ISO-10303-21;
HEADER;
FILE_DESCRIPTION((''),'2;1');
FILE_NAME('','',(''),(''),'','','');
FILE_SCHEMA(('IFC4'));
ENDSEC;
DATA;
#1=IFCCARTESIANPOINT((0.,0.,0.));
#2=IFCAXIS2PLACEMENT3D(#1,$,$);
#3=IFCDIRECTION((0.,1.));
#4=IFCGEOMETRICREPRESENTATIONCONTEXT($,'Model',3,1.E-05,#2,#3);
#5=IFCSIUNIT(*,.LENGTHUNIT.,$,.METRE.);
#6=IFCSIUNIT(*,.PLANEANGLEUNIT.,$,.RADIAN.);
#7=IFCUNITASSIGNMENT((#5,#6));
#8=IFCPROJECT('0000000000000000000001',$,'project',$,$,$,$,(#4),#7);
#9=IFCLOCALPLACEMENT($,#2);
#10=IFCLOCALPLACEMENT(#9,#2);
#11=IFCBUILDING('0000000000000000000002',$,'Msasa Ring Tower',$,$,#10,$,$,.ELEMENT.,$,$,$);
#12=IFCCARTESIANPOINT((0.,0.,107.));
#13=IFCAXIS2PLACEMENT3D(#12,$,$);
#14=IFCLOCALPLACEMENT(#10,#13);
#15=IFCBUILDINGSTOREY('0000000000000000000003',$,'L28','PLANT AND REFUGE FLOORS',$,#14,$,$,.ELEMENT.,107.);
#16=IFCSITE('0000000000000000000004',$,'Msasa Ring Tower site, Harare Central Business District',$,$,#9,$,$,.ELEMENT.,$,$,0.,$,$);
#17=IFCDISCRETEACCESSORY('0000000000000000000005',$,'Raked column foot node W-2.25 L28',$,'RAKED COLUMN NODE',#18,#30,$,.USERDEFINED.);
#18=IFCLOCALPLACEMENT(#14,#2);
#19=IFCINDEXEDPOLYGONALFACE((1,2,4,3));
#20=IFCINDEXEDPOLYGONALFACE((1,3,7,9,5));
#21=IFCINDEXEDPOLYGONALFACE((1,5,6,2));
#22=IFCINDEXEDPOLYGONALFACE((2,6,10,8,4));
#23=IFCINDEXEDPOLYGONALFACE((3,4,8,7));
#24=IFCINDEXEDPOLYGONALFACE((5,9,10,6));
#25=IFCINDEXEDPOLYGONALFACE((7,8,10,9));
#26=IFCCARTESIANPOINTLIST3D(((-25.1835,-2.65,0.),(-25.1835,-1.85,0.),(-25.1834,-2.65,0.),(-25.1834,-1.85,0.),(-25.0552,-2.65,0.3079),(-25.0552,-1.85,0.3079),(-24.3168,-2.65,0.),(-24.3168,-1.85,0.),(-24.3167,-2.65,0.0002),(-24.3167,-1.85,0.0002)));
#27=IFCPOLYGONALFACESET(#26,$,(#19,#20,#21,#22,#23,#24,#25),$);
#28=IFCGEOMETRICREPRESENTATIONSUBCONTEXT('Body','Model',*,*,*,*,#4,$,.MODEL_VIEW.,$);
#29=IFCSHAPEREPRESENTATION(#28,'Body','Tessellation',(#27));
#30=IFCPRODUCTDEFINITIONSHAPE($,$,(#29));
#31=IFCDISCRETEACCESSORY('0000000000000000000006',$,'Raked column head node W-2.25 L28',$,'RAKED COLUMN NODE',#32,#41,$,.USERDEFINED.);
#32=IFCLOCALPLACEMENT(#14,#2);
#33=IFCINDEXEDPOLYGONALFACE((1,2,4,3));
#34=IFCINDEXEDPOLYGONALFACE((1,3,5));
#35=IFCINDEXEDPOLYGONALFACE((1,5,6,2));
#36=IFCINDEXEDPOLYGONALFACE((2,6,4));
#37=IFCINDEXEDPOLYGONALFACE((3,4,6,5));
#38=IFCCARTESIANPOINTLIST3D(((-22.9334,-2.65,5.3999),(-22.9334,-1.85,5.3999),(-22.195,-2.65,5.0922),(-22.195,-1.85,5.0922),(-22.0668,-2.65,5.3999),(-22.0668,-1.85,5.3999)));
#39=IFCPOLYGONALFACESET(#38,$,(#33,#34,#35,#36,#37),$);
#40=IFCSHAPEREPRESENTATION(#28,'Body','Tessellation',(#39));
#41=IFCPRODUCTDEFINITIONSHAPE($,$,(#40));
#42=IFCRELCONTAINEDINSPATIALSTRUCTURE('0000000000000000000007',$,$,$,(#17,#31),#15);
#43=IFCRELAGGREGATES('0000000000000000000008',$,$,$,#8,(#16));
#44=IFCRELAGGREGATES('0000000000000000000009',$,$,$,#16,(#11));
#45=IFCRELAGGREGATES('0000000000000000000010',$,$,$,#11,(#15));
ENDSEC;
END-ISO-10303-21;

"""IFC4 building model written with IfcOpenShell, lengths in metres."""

from ifc_helpers import new_model, si_unit, direction, frame, origin, origin_2d, place, context, subcontext, project, spatial, rectangle, extrude, clip, halfspace, element, save


model = new_model("IFC4")

# Units and contexts
model_context = context("Model", 3, precision=1e-05, world=origin(), true_north=direction((0.0, 1.0)))
body_context = subcontext(model_context, "Body", "Model", "MODEL_VIEW")
ifc_project = project(units=[si_unit("LENGTHUNIT", "METRE"), si_unit("PLANEANGLEUNIT", "RADIAN")], contexts=[model_context])

# Site, building, storey
site_placement = place(None, origin())
site = spatial("IfcSite", under=ifc_project, at=site_placement, Name="Msasa Ring Tower site, Harare Central Business District", CompositionType="ELEMENT", RefElevation=0.0)
building_placement = place(site_placement, origin())
building = spatial("IfcBuilding", under=site, at=building_placement, Name="Msasa Ring Tower", CompositionType="ELEMENT")
storey_placement = place(building_placement, frame((0.0, 0.0, 107.0)))
storey = spatial("IfcBuildingStorey", under=building, at=storey_placement, Name="L28", Description="PLANT AND REFUGE FLOORS", CompositionType="ELEMENT", Elevation=107.0)

# Discrete accessories
discrete_accessory_1_placement = place(storey_placement, frame((-24.75, -2.25, 0.0)))
element("IfcDiscreteAccessory", 1, at=discrete_accessory_1_placement, inside=storey, Name="Raked column foot node W-2.25 L28", ObjectType="RAKED COLUMN NODE", PredefinedType="USERDEFINED", context=body_context, shape_type="Clipping", body=[
    clip(extrude(rectangle(XDim=0.8, YDim=0.8, at=origin_2d()), frame((-0.0642, 0.0, -0.1538), z_axis=(0.384615, 0.0, 0.923077), x_axis=(0.0, 1.0, 0.0)), (0.0, 0.0, 1.0), 0.3335), halfspace(frame((0.0, 0.0, 0.0), z_axis=(0.0, 0.0, 1.0)), True)),
])
discrete_accessory_2_placement = place(storey_placement, frame((-22.5, -2.25, 5.3999)))
element("IfcDiscreteAccessory", 2, at=discrete_accessory_2_placement, inside=storey, Name="Raked column head node W-2.25 L28", ObjectType="RAKED COLUMN NODE", PredefinedType="USERDEFINED", context=body_context, shape_type="Clipping", body=[
    clip(extrude(rectangle(XDim=0.8, YDim=0.8, at=origin_2d()), frame((-0.0642, 0.0, -0.1538), z_axis=(0.384615, 0.0, 0.923077), x_axis=(0.0, 1.0, 0.0)), (0.0, 0.0, 1.0), 0.3335), halfspace(frame((0.0, 0.0, 0.0), z_axis=(0.0, 0.0, -1.0)), True)),
])

save(model, "model.ifc")
